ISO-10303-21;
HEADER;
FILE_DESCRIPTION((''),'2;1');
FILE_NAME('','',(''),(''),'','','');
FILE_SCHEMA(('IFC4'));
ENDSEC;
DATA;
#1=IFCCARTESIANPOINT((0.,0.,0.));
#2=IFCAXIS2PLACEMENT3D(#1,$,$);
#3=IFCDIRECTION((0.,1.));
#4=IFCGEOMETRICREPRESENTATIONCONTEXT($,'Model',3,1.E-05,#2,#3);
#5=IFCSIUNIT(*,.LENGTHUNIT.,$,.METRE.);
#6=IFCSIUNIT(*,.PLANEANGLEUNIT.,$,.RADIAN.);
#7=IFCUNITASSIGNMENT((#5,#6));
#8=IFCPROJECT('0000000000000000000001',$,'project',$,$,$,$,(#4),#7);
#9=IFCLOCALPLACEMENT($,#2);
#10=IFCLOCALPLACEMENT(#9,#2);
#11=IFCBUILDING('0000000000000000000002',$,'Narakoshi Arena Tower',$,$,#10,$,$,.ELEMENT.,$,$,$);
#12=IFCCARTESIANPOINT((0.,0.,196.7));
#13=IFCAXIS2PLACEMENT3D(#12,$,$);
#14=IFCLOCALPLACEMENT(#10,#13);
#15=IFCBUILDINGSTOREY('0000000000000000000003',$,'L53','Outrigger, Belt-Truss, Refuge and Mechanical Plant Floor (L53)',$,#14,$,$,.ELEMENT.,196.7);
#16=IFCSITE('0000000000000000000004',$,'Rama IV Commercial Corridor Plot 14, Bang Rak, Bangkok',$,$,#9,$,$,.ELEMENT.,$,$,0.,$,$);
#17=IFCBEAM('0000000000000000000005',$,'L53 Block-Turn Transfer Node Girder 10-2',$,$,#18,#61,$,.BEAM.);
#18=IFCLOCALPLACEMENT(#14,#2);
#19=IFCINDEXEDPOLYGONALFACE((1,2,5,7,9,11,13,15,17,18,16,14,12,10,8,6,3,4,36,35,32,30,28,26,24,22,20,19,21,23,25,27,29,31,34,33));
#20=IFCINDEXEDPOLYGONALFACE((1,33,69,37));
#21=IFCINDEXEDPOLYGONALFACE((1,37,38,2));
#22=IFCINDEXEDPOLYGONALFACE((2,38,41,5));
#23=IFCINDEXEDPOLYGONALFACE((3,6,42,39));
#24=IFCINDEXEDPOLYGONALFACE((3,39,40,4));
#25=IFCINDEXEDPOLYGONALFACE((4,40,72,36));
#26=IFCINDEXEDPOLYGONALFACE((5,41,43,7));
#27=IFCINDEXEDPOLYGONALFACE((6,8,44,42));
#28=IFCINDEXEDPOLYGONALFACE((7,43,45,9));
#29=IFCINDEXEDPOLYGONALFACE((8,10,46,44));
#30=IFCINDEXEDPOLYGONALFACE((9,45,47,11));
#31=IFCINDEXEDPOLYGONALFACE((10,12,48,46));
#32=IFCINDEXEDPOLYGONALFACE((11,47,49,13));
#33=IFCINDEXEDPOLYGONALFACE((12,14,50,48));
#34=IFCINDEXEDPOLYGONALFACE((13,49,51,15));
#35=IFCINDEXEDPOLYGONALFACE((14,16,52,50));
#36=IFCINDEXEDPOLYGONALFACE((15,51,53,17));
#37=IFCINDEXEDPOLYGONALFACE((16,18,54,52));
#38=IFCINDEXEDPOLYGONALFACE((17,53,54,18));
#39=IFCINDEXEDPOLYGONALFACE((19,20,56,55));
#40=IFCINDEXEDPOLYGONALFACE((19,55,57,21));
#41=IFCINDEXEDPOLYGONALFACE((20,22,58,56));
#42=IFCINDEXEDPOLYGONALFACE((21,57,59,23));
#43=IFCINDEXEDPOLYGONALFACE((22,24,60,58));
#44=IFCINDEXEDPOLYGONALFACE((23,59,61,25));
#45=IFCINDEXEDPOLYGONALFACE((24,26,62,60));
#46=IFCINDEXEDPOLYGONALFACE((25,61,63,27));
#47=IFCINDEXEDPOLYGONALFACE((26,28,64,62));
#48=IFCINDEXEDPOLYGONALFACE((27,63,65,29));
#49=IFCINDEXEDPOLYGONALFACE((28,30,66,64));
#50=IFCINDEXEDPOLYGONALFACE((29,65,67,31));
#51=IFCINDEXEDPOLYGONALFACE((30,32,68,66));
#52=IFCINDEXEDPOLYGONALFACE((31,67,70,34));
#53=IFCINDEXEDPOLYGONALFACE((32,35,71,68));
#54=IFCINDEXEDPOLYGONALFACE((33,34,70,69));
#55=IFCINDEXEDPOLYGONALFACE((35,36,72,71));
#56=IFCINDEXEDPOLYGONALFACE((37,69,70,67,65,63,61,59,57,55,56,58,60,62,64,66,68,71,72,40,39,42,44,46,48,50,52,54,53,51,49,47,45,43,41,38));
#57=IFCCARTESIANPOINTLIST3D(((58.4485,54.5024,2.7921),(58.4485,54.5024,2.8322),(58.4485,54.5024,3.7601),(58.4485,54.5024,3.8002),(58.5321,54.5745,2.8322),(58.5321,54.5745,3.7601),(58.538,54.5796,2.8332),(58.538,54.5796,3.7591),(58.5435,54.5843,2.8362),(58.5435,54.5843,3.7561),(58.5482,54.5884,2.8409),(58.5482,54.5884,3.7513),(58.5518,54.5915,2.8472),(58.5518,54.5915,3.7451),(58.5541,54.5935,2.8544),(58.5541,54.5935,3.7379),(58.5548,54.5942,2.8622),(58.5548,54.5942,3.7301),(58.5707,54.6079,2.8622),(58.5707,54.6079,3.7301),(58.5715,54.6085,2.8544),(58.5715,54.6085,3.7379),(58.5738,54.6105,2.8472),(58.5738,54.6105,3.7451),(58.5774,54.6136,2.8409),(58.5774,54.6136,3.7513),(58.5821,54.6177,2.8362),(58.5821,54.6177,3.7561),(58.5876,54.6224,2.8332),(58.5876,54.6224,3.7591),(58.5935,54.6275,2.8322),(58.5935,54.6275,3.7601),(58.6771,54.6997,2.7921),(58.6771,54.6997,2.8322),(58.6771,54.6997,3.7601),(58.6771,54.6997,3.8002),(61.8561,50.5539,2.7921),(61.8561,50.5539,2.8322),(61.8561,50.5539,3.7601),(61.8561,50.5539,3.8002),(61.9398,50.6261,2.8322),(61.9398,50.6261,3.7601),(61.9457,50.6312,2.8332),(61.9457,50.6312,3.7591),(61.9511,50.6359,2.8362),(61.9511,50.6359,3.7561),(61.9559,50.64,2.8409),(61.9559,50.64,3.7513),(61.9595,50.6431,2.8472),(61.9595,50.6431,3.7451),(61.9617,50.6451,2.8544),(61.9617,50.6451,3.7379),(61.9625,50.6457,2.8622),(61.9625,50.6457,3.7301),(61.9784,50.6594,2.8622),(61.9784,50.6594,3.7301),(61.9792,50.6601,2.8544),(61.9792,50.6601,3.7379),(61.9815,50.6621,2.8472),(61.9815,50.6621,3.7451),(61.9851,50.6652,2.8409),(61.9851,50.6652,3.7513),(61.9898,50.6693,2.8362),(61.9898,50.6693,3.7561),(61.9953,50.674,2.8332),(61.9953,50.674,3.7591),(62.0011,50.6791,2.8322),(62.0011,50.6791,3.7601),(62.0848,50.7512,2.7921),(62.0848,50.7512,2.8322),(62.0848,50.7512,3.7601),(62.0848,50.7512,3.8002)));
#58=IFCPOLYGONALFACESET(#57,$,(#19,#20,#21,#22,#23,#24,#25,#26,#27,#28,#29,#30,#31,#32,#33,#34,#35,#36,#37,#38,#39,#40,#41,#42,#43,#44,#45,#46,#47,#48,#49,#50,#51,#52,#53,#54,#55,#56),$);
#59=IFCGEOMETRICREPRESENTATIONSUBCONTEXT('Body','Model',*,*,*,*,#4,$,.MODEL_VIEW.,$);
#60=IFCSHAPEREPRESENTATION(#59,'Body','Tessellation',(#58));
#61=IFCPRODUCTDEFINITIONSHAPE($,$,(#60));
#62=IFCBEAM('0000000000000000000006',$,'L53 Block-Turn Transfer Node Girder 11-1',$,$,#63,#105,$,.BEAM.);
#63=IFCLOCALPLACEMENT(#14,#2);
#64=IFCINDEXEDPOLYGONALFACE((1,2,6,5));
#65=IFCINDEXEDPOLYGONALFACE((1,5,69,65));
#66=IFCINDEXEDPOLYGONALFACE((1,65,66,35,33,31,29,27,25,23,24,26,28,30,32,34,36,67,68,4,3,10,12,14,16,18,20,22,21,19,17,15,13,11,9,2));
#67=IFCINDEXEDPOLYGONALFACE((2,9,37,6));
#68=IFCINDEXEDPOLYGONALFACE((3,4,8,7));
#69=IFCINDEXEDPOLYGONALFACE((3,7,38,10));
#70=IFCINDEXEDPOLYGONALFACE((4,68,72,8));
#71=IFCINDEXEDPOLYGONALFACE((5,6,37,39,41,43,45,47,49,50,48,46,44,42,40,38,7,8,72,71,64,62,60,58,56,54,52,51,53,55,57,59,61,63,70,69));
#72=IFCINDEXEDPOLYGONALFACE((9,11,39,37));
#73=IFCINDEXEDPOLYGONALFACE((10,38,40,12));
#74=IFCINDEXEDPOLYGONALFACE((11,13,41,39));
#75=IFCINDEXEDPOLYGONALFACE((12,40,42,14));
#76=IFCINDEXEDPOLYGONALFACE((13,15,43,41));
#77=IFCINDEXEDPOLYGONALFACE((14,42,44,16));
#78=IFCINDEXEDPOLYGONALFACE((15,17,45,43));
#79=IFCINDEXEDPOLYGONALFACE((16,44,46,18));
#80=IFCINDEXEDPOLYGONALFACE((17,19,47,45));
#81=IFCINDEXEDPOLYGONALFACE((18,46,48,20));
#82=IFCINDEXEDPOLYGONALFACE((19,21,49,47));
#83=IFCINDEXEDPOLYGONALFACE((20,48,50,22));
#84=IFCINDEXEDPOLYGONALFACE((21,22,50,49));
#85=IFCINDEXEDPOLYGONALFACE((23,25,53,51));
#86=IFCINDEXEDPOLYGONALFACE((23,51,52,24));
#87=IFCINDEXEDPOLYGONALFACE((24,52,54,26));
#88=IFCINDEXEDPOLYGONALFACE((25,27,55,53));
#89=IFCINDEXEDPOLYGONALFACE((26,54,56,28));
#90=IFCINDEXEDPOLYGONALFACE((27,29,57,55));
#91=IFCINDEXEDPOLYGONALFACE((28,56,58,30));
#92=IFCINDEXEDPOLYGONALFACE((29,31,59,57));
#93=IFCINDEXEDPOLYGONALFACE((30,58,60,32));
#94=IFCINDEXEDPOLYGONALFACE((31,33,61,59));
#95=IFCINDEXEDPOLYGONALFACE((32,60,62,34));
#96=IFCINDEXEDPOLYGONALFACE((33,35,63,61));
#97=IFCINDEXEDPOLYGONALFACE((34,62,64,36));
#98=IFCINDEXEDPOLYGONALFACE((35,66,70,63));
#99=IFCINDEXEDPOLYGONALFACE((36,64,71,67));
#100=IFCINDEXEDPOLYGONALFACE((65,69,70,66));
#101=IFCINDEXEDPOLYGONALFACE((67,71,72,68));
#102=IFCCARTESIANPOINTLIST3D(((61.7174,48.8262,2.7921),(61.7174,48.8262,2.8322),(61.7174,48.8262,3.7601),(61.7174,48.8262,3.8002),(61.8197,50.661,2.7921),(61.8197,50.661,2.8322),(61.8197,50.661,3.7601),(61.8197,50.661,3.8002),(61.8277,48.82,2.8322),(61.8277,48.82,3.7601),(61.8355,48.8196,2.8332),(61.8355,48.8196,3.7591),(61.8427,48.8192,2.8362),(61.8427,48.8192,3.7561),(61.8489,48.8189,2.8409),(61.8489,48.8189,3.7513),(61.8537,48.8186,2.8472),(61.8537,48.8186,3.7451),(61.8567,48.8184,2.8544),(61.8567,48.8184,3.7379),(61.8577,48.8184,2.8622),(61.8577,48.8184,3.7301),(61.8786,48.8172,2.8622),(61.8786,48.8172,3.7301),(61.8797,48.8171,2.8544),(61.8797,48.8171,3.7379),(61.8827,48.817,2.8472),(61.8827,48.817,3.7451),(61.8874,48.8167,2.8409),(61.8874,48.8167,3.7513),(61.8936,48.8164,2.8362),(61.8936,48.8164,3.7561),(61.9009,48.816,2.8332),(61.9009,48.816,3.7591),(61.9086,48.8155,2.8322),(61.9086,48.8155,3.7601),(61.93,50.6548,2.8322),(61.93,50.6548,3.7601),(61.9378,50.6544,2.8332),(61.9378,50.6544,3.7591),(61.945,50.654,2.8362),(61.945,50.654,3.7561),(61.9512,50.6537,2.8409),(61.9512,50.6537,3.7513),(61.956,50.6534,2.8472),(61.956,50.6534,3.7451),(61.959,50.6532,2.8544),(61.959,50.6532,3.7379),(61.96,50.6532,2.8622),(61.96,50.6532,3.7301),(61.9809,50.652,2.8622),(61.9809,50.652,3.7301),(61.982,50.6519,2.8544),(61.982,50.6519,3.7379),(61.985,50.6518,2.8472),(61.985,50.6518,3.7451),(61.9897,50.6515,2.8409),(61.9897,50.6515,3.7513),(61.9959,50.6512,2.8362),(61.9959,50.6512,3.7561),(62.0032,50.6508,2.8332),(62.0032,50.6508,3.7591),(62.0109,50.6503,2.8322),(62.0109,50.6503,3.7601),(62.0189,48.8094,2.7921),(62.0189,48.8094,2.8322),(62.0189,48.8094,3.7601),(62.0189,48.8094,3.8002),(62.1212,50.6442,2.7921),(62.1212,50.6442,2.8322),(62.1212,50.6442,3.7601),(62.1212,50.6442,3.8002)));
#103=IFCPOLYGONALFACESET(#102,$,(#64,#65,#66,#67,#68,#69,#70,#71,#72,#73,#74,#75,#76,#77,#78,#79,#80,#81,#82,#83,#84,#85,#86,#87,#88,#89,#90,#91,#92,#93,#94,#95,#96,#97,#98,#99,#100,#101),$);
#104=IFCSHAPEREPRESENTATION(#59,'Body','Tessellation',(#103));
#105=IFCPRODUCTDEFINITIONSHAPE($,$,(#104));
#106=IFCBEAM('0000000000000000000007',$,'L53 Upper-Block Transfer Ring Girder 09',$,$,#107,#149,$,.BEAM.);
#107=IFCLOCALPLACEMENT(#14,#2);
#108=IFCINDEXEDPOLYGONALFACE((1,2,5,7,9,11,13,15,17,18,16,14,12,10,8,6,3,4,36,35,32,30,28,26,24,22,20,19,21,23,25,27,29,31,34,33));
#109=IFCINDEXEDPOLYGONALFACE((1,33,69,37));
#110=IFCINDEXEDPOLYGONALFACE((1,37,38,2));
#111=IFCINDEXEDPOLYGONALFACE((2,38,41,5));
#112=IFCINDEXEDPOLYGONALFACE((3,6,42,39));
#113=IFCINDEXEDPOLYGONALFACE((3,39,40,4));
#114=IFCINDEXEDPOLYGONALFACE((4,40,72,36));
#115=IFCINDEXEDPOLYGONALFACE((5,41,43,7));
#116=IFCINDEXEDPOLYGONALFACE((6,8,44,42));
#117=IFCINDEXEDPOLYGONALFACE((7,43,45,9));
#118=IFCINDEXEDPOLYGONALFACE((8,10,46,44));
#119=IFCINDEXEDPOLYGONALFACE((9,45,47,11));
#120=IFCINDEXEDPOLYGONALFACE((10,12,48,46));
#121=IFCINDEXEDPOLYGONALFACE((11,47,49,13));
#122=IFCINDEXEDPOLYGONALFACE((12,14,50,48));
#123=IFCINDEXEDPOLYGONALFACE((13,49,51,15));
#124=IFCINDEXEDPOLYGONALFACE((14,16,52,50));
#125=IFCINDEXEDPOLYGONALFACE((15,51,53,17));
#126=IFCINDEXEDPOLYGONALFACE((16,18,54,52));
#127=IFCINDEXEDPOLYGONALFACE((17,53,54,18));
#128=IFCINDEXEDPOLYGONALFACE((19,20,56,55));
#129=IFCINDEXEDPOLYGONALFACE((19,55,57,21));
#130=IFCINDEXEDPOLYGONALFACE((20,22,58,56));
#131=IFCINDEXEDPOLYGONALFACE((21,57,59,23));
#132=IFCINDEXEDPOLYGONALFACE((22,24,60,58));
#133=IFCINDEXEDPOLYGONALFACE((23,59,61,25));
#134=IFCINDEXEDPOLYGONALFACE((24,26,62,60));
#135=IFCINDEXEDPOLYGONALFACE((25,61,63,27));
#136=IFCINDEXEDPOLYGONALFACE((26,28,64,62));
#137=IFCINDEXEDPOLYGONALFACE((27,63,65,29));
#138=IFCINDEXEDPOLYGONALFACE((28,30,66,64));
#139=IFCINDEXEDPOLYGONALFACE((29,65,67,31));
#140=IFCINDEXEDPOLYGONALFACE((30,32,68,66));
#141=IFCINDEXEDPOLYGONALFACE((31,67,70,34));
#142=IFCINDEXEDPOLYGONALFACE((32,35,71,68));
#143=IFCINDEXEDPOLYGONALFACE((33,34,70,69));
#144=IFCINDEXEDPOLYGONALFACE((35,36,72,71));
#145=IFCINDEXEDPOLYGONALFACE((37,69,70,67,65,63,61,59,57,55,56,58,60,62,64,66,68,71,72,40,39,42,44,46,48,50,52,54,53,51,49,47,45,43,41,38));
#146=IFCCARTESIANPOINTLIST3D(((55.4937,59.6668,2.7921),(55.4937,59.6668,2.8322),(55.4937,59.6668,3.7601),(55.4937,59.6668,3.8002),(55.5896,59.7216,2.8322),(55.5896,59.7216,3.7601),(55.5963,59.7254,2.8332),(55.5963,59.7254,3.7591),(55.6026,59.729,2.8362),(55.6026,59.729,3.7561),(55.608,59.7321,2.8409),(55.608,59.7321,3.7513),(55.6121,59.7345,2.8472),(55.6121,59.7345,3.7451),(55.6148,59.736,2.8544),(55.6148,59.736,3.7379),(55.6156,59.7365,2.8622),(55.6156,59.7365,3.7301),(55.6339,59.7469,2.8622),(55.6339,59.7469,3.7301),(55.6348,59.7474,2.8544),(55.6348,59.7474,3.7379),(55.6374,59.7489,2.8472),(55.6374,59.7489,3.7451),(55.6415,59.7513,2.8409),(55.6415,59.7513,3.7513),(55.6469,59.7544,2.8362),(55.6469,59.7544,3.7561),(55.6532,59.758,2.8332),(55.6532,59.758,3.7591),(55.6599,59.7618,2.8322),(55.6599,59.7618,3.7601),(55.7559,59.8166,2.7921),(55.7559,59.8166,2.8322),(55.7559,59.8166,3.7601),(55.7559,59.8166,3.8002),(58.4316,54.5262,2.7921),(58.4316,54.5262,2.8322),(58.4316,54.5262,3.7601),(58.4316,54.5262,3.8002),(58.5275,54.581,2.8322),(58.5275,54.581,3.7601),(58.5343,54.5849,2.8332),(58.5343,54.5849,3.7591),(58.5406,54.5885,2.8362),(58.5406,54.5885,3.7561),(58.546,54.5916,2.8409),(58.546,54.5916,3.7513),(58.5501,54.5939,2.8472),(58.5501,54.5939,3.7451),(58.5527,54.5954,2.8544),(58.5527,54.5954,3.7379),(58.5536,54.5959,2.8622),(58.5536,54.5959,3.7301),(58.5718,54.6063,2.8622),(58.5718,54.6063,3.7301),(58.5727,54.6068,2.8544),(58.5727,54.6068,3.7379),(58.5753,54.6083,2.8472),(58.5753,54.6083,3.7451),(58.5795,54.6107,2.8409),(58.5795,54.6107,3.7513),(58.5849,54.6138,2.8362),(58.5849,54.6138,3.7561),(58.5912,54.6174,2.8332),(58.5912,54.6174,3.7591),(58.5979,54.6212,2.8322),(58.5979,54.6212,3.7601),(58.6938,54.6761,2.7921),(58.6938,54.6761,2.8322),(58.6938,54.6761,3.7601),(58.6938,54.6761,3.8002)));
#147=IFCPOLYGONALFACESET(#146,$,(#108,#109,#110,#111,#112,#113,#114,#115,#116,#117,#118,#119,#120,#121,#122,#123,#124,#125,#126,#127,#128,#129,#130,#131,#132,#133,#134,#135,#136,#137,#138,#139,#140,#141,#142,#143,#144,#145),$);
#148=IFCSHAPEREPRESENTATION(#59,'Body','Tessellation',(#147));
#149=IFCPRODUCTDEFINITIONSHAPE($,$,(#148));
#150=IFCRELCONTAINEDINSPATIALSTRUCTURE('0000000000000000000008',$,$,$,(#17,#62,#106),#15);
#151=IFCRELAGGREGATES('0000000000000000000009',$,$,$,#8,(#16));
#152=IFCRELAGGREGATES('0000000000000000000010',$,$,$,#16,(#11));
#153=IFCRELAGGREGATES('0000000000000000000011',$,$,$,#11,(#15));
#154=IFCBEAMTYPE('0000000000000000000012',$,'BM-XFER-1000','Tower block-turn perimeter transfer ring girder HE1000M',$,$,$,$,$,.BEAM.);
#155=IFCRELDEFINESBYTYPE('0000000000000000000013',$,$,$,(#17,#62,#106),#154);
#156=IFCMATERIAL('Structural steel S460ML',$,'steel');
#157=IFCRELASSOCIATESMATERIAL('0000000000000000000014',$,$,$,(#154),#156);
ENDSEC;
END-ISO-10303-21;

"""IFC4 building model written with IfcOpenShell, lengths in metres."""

from ifc_helpers import new_model, si_unit, direction, frame, origin, origin_2d, place, context, subcontext, project, spatial, i_section, extrude, material, material_profile, profile_set, type_object, element, save


model = new_model("IFC4")

# Units and contexts
model_context = context("Model", 3, precision=1e-05, world=origin(), true_north=direction((0.0, 1.0)))
body_context = subcontext(model_context, "Body", "Model", "MODEL_VIEW")
ifc_project = project(units=[si_unit("LENGTHUNIT", "METRE"), si_unit("PLANEANGLEUNIT", "RADIAN")], contexts=[model_context])

# Site, building, storey
site_placement = place(None, origin())
site = spatial("IfcSite", under=ifc_project, at=site_placement, Name="Rama IV Commercial Corridor Plot 14, Bang Rak, Bangkok", CompositionType="ELEMENT", RefElevation=0.0)
building_placement = place(site_placement, origin())
building = spatial("IfcBuilding", under=site, at=building_placement, Name="Narakoshi Arena Tower", CompositionType="ELEMENT")
storey_placement = place(building_placement, frame((0.0, 0.0, 196.7)))
storey = spatial("IfcBuildingStorey", under=building, at=storey_placement, Name="L53", Description="Outrigger, Belt-Truss, Refuge and Mechanical Plant Floor (L53)", CompositionType="ELEMENT", Elevation=196.7)

# Shared definitions
ifc_material_1 = material(Name="Structural steel S460ML", Category="steel")

# Beams
ifc_material_profile_1 = material_profile(ifc_material_1, i_section(OverallWidth=0.302, OverallDepth=1.0081, WebThickness=0.021, FlangeThickness=0.04, FilletRadius=0.03, at=origin_2d()), Name="HE1000M")
ifc_profile_set_1 = profile_set([ifc_material_profile_1], Name="Structural steel S460ML")
beam_type_1 = type_object("IfcBeamType", Name="BM-XFER-1000", Description="Tower block-turn perimeter transfer ring girder HE1000M", PredefinedType="BEAM", material=ifc_profile_set_1)
beam_1_placement = place(storey_placement, frame((61.9705, 50.6526, 3.2961), z_axis=(-0.653363, 0.757045, 0.0), x_axis=(-0.757045, -0.653363, 0.0)))
element("IfcBeam", 1, at=beam_1_placement, inside=storey, type_object=beam_type_1, Name="L53 Block-Turn Transfer Node Girder 10-2", PredefinedType="BEAM", context=body_context, shape_type="SweptSolid", body=[
    extrude(i_section(OverallWidth=0.302, OverallDepth=1.0081, WebThickness=0.021, FlangeThickness=0.04, FilletRadius=0.03, at=origin_2d()), origin(), (0.0, 0.0, 1.0), 5.2156),
])
beam_2_placement = place(storey_placement, frame((61.9705, 50.6526, 3.2961), z_axis=(-0.055669, -0.998449, 0.0), x_axis=(0.998449, -0.055669, 0.0)))
element("IfcBeam", 2, at=beam_2_placement, inside=storey, type_object=beam_type_1, Name="L53 Block-Turn Transfer Node Girder 11-1", PredefinedType="BEAM", context=body_context, shape_type="SweptSolid", body=[
    extrude(i_section(OverallWidth=0.302, OverallDepth=1.0081, WebThickness=0.021, FlangeThickness=0.04, FilletRadius=0.03, at=origin_2d()), origin(), (0.0, 0.0, 1.0), 1.8376),
])
beam_3_placement = place(storey_placement, frame((55.6248, 59.7417, 3.2961), z_axis=(0.496201, -0.868208, 0.0), x_axis=(0.868208, 0.496201, 0.0)))
element("IfcBeam", 3, at=beam_3_placement, inside=storey, type_object=beam_type_1, Name="L53 Upper-Block Transfer Ring Girder 09", PredefinedType="BEAM", context=body_context, shape_type="SweptSolid", body=[
    extrude(i_section(OverallWidth=0.302, OverallDepth=1.0081, WebThickness=0.021, FlangeThickness=0.04, FilletRadius=0.03, at=origin_2d()), origin(), (0.0, 0.0, 1.0), 5.9209),
])

save(model, "model.ifc")
